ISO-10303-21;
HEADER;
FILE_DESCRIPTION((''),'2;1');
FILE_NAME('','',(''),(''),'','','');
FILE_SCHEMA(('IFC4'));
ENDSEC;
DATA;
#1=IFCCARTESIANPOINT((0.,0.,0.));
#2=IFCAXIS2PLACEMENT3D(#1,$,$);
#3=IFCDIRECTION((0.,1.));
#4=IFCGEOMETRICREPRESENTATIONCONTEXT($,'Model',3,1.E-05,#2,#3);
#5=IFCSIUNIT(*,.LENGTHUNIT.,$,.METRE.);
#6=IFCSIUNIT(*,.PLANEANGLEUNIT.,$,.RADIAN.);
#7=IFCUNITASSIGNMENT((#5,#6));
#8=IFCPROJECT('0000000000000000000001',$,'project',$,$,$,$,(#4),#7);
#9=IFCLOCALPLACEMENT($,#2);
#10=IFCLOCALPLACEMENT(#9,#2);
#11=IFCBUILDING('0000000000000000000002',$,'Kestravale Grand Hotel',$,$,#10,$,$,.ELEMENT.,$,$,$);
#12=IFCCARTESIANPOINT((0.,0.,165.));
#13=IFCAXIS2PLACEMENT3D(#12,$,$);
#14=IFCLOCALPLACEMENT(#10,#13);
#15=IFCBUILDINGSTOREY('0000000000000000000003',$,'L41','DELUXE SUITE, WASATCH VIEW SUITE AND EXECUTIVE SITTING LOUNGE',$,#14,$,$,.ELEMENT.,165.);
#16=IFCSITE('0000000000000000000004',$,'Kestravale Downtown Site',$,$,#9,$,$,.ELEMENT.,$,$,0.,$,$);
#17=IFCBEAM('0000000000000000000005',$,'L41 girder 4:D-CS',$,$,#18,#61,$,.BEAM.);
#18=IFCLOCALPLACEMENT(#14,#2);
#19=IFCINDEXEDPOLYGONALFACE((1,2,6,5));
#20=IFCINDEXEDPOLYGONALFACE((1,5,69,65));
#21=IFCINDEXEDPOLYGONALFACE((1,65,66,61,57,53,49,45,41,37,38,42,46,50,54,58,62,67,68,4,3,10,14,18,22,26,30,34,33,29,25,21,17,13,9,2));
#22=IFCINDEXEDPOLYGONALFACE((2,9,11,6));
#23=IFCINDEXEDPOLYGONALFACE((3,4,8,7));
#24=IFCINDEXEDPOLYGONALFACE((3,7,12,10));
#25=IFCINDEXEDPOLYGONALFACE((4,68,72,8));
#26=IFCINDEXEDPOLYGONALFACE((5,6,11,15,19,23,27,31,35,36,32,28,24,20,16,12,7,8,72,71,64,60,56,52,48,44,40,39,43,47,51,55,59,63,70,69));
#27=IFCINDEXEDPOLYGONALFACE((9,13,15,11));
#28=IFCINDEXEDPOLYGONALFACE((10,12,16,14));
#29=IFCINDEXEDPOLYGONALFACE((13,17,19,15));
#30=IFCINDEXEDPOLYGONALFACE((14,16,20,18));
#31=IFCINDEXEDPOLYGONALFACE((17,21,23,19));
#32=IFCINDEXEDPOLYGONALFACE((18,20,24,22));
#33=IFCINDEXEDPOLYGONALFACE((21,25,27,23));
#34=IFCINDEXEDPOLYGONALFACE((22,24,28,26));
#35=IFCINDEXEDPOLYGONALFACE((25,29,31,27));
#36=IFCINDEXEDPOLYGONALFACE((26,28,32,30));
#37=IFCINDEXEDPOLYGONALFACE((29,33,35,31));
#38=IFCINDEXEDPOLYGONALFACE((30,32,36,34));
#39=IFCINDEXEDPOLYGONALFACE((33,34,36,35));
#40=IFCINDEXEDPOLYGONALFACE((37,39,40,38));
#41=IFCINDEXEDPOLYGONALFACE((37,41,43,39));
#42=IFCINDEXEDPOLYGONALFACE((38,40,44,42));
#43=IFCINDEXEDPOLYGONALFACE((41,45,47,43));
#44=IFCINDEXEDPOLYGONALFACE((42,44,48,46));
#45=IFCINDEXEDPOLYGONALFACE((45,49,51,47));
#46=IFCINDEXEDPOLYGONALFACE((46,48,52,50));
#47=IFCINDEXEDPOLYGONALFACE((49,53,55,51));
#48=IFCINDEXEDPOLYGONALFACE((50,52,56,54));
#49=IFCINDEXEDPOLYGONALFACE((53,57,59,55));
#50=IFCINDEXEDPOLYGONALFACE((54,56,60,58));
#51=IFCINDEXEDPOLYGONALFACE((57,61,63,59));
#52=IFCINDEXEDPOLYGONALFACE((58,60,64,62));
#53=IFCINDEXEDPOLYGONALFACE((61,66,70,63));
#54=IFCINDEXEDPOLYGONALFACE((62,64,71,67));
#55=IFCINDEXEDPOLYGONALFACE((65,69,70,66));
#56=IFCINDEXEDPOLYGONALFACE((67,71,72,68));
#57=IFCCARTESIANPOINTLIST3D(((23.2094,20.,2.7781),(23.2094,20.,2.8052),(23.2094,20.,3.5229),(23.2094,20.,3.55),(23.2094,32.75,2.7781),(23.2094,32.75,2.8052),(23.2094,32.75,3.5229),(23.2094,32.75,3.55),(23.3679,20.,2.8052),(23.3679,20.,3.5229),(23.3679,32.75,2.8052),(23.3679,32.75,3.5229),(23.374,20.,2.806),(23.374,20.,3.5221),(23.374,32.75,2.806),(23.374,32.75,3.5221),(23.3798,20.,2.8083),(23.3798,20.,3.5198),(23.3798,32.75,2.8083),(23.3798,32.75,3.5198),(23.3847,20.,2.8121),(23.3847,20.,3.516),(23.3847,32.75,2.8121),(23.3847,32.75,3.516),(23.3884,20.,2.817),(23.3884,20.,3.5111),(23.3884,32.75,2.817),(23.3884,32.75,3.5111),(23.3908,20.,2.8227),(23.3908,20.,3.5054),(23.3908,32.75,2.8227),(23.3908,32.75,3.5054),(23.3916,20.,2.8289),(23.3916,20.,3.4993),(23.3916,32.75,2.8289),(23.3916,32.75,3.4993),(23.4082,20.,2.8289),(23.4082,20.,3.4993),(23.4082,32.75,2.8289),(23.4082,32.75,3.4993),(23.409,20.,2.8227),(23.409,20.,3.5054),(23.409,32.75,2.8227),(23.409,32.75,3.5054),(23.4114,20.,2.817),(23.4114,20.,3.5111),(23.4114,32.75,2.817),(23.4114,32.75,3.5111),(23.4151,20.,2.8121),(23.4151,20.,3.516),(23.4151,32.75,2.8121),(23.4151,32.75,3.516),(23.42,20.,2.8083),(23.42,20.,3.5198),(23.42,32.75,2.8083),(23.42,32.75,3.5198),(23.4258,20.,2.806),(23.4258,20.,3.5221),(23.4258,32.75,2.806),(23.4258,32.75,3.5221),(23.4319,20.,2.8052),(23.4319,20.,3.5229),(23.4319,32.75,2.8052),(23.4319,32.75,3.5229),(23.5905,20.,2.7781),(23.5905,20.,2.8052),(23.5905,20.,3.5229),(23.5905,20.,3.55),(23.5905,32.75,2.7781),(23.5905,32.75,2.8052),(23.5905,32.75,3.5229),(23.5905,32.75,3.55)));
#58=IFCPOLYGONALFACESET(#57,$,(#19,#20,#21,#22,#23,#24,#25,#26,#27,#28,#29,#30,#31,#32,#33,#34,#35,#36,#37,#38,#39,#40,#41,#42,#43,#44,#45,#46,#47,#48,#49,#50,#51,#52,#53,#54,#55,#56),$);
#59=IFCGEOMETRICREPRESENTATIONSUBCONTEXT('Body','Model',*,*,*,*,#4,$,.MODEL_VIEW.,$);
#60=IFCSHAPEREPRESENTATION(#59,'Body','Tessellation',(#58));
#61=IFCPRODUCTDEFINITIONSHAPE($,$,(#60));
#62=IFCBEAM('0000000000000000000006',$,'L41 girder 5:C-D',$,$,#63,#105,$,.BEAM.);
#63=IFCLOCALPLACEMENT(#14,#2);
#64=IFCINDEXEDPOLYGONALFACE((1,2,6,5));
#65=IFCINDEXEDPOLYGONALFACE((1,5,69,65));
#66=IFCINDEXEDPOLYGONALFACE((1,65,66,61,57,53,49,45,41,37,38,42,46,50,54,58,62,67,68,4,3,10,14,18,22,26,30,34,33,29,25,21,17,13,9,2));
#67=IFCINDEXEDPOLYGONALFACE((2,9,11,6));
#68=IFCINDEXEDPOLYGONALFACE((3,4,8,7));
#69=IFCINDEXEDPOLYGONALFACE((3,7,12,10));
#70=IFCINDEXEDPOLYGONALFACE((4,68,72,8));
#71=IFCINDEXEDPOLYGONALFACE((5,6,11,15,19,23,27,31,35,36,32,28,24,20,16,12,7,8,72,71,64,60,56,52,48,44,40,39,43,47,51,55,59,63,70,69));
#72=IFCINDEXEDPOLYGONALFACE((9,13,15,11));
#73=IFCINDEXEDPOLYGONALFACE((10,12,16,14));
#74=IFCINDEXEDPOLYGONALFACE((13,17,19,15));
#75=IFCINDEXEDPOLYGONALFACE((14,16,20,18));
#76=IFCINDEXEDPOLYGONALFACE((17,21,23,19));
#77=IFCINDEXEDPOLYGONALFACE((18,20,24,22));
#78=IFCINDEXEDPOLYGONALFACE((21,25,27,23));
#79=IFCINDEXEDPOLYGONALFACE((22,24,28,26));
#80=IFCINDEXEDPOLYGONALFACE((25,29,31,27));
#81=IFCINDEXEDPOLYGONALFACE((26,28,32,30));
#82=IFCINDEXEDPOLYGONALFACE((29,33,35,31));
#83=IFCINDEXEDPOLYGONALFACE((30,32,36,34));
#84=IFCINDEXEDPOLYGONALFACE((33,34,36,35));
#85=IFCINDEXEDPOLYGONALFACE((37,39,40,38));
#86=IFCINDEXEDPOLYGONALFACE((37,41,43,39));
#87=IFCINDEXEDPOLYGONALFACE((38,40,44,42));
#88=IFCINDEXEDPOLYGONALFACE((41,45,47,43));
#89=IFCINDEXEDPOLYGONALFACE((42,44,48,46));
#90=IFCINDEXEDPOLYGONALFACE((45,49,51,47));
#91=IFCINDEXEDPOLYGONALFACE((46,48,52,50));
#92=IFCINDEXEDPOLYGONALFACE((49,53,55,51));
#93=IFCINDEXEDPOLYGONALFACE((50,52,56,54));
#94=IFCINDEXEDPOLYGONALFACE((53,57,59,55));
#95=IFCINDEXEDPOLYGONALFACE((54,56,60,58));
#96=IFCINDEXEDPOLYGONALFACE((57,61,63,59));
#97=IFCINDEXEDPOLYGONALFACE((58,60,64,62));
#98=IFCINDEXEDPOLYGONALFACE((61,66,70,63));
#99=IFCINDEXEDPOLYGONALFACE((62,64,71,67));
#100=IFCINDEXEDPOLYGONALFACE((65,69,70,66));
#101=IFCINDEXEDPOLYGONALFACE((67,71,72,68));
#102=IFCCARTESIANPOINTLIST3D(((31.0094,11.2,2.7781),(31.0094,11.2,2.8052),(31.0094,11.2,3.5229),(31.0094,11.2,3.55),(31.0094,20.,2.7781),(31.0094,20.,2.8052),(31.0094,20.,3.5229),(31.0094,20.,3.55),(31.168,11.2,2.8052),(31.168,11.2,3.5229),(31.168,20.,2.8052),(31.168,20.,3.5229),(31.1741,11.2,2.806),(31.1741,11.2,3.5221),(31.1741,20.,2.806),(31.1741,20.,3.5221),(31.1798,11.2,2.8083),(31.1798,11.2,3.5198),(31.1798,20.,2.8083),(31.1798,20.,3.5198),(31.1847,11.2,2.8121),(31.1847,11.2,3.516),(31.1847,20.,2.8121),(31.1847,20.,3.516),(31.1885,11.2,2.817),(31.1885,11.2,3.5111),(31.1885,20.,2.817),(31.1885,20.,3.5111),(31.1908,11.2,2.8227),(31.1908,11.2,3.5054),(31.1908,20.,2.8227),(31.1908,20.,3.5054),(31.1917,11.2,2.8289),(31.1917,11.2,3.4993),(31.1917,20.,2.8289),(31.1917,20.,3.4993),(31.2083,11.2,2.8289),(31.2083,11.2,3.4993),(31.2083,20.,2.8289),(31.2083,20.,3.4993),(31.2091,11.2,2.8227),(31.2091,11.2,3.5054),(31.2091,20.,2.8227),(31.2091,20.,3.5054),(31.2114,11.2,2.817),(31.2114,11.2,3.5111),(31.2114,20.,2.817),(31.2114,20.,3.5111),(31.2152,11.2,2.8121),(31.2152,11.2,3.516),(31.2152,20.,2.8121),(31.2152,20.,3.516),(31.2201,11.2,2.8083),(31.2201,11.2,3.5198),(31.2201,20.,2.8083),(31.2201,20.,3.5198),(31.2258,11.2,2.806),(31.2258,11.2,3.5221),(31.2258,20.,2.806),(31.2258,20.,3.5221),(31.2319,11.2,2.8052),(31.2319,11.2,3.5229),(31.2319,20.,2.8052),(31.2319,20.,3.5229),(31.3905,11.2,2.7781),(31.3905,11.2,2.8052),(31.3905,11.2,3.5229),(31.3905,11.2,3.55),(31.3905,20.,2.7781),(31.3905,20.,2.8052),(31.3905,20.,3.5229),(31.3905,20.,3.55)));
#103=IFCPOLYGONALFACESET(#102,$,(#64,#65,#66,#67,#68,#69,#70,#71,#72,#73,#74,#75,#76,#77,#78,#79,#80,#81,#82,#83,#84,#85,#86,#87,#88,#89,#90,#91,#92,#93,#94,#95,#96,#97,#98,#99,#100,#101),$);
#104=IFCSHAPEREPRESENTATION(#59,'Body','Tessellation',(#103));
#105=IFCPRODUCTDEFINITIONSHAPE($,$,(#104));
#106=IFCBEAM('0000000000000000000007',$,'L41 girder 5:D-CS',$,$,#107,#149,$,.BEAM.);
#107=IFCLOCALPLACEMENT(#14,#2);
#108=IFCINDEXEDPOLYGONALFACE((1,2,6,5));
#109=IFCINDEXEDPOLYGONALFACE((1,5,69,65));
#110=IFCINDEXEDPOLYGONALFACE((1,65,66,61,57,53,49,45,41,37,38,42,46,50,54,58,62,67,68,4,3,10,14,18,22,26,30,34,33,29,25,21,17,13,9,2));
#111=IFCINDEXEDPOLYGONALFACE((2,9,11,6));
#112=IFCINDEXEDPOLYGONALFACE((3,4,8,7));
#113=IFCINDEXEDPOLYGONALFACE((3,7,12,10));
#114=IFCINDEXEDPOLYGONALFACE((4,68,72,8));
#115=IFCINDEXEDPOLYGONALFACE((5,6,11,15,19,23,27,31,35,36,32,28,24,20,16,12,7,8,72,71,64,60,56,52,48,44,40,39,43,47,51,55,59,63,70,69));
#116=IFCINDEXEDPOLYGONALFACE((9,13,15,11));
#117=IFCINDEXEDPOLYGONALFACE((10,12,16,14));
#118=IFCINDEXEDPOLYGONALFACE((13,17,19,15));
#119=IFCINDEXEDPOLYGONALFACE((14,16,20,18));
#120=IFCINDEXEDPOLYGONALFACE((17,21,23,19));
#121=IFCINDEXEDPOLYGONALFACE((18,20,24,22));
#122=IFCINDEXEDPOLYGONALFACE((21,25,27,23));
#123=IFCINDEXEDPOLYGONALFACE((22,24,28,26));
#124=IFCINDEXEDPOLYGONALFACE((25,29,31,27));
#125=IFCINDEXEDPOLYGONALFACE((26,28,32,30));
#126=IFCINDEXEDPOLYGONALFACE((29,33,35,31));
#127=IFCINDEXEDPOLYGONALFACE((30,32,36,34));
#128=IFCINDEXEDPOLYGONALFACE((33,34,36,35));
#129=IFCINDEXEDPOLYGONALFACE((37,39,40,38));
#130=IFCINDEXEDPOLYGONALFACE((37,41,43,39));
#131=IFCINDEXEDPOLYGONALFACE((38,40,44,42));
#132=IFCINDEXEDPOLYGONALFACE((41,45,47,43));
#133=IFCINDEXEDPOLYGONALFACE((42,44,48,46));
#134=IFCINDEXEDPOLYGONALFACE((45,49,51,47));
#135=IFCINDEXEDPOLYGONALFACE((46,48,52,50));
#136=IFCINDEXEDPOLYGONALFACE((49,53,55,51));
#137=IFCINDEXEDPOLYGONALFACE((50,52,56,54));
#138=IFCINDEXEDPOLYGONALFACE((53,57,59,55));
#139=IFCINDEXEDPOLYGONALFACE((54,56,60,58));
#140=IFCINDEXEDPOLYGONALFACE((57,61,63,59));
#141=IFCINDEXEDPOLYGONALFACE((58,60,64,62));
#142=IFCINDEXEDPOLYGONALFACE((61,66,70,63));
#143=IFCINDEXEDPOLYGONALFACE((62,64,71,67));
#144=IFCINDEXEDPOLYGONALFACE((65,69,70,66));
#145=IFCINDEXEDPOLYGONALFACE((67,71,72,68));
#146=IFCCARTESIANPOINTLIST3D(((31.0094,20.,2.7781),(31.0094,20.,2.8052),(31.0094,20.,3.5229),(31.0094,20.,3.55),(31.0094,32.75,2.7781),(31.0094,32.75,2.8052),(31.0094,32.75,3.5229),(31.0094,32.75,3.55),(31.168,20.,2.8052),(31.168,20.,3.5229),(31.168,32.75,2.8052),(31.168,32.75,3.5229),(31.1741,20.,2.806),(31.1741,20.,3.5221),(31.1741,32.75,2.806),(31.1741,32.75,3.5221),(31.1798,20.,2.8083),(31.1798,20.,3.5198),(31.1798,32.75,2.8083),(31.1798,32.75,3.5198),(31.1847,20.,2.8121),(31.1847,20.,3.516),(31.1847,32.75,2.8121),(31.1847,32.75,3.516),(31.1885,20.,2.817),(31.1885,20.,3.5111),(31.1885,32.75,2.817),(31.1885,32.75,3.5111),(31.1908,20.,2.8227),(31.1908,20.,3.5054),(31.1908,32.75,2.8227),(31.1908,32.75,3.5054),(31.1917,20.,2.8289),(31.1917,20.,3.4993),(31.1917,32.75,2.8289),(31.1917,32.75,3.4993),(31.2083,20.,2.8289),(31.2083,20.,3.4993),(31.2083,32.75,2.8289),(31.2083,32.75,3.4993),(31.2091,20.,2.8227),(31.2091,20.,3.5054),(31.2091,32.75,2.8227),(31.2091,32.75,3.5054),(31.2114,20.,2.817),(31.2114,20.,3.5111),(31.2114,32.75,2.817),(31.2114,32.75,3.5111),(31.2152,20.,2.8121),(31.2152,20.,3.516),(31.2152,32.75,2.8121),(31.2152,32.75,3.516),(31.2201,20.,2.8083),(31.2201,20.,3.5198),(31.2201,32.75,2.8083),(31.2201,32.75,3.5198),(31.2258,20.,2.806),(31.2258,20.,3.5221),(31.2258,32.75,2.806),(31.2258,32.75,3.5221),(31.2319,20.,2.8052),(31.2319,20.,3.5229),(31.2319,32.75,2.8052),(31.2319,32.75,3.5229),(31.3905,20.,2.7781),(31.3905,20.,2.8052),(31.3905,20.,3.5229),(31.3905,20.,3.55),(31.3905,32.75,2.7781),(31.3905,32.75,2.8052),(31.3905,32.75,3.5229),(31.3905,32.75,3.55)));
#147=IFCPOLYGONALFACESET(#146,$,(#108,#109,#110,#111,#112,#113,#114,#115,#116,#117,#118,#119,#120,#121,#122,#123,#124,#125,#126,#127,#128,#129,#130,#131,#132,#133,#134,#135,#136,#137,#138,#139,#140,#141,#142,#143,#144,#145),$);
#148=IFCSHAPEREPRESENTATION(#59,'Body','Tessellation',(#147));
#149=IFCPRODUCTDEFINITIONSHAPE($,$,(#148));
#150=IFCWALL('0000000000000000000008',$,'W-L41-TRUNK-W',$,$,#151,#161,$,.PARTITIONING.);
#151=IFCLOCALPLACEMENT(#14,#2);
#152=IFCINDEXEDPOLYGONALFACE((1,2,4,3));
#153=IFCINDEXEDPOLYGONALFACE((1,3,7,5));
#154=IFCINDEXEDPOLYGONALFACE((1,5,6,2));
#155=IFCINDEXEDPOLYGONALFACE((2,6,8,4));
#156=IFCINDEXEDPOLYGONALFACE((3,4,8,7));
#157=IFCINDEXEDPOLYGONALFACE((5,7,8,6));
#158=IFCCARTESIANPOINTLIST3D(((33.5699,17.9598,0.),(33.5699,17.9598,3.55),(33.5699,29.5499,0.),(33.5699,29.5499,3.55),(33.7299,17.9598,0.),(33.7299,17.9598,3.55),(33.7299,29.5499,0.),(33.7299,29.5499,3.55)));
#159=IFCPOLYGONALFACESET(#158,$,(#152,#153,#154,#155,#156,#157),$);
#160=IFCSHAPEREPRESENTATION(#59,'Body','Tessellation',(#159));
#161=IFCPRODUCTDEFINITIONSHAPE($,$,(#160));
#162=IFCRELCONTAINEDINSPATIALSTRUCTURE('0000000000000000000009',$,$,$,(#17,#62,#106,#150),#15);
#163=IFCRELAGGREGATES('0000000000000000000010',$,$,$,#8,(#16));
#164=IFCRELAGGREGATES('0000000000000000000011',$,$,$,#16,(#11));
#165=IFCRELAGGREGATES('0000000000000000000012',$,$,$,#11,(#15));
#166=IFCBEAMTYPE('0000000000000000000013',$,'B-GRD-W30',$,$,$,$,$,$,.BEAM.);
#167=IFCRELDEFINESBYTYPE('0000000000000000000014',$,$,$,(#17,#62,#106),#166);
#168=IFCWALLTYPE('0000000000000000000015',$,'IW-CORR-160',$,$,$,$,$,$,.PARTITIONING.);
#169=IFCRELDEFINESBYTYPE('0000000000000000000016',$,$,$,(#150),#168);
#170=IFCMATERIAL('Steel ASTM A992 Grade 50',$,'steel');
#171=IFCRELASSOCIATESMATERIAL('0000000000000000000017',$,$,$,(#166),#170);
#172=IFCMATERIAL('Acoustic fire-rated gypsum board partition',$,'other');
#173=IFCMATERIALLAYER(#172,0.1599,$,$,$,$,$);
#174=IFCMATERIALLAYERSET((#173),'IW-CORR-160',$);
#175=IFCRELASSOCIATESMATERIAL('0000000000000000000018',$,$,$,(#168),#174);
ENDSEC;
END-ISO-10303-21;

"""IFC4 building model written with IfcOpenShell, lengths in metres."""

from ifc_helpers import new_model, si_unit, direction, frame, frame_2d, origin, origin_2d, place, context, subcontext, project, spatial, rectangle, i_section, extrude, material, layer, layer_set, material_profile, profile_set, type_object, element, save


model = new_model("IFC4")

# Units and contexts
model_context = context("Model", 3, precision=1e-05, world=origin(), true_north=direction((0.0, 1.0)))
body_context = subcontext(model_context, "Body", "Model", "MODEL_VIEW")
ifc_project = project(units=[si_unit("LENGTHUNIT", "METRE"), si_unit("PLANEANGLEUNIT", "RADIAN")], contexts=[model_context])

# Site, building, storey
site_placement = place(None, origin())
site = spatial("IfcSite", under=ifc_project, at=site_placement, Name="Kestravale Downtown Site", CompositionType="ELEMENT", RefElevation=0.0)
building_placement = place(site_placement, origin())
building = spatial("IfcBuilding", under=site, at=building_placement, Name="Kestravale Grand Hotel", CompositionType="ELEMENT")
storey_placement = place(building_placement, frame((0.0, 0.0, 165.0)))
storey = spatial("IfcBuildingStorey", under=building, at=storey_placement, Name="L41", Description="DELUXE SUITE, WASATCH VIEW SUITE AND EXECUTIVE SITTING LOUNGE", CompositionType="ELEMENT", Elevation=165.0)

# Beams
ifc_material_1 = material(Name="Steel ASTM A992 Grade 50", Category="steel")
ifc_material_profile_1 = material_profile(ifc_material_1, i_section(OverallWidth=0.3811, OverallDepth=0.772, WebThickness=0.0166, FlangeThickness=0.0271, FilletRadius=0.0237, at=origin_2d()))
ifc_profile_set_1 = profile_set([ifc_material_profile_1], Name="Steel ASTM A992 Grade 50")
beam_type_1 = type_object("IfcBeamType", Name="B-GRD-W30", PredefinedType="BEAM", material=ifc_profile_set_1)
beam_1_placement = place(storey_placement, frame((23.3999, 20.0, 3.1641), z_axis=(0.0, 1.0, 0.0), x_axis=(-1.0, 0.0, 0.0)))
element("IfcBeam", 1, at=beam_1_placement, inside=storey, type_object=beam_type_1, Name="L41 girder 4:D-CS", PredefinedType="BEAM", context=body_context, shape_type="SweptSolid", body=[
    extrude(i_section(OverallWidth=0.3811, OverallDepth=0.772, WebThickness=0.0166, FlangeThickness=0.0271, FilletRadius=0.0237, at=origin_2d()), origin(), (0.0, 0.0, 1.0), 12.75),
])
beam_2_placement = place(storey_placement, frame((31.2, 11.2, 3.1641), z_axis=(0.0, 1.0, 0.0), x_axis=(-1.0, 0.0, 0.0)))
element("IfcBeam", 2, at=beam_2_placement, inside=storey, type_object=beam_type_1, Name="L41 girder 5:C-D", PredefinedType="BEAM", context=body_context, shape_type="SweptSolid", body=[
    extrude(i_section(OverallWidth=0.3811, OverallDepth=0.772, WebThickness=0.0166, FlangeThickness=0.0271, FilletRadius=0.0237, at=origin_2d()), origin(), (0.0, 0.0, 1.0), 8.8),
])
beam_3_placement = place(storey_placement, frame((31.2, 20.0, 3.1641), z_axis=(0.0, 1.0, 0.0), x_axis=(-1.0, 0.0, 0.0)))
element("IfcBeam", 3, at=beam_3_placement, inside=storey, type_object=beam_type_1, Name="L41 girder 5:D-CS", PredefinedType="BEAM", context=body_context, shape_type="SweptSolid", body=[
    extrude(i_section(OverallWidth=0.3811, OverallDepth=0.772, WebThickness=0.0166, FlangeThickness=0.0271, FilletRadius=0.0237, at=origin_2d()), origin(), (0.0, 0.0, 1.0), 12.75),
])

# Wall
ifc_material_2 = material(Name="Acoustic fire-rated gypsum board partition", Category="other")
ifc_layer_1 = layer(ifc_material_2, 0.1599)
ifc_layer_set_1 = layer_set([ifc_layer_1], Name="IW-CORR-160")
wall_type_1 = type_object("IfcWallType", Name="IW-CORR-160", PredefinedType="PARTITIONING", material=ifc_layer_set_1)
wall_1_placement = place(storey_placement, frame((33.6499, 17.96, 0.0), z_axis=(0.0, 0.0, 1.0), x_axis=(0.0, 1.0, 0.0)))
element("IfcWall", 4, at=wall_1_placement, inside=storey, type_object=wall_type_1, Name="W-L41-TRUNK-W", PredefinedType="PARTITIONING", context=body_context, shape_type="SweptSolid", body=[
    extrude(rectangle(XDim=11.5901, YDim=0.1599, at=frame_2d((5.7949, 0.0))), origin(), (0.0, 0.0, 1.0), 3.55),
])

save(model, "model.ifc")
